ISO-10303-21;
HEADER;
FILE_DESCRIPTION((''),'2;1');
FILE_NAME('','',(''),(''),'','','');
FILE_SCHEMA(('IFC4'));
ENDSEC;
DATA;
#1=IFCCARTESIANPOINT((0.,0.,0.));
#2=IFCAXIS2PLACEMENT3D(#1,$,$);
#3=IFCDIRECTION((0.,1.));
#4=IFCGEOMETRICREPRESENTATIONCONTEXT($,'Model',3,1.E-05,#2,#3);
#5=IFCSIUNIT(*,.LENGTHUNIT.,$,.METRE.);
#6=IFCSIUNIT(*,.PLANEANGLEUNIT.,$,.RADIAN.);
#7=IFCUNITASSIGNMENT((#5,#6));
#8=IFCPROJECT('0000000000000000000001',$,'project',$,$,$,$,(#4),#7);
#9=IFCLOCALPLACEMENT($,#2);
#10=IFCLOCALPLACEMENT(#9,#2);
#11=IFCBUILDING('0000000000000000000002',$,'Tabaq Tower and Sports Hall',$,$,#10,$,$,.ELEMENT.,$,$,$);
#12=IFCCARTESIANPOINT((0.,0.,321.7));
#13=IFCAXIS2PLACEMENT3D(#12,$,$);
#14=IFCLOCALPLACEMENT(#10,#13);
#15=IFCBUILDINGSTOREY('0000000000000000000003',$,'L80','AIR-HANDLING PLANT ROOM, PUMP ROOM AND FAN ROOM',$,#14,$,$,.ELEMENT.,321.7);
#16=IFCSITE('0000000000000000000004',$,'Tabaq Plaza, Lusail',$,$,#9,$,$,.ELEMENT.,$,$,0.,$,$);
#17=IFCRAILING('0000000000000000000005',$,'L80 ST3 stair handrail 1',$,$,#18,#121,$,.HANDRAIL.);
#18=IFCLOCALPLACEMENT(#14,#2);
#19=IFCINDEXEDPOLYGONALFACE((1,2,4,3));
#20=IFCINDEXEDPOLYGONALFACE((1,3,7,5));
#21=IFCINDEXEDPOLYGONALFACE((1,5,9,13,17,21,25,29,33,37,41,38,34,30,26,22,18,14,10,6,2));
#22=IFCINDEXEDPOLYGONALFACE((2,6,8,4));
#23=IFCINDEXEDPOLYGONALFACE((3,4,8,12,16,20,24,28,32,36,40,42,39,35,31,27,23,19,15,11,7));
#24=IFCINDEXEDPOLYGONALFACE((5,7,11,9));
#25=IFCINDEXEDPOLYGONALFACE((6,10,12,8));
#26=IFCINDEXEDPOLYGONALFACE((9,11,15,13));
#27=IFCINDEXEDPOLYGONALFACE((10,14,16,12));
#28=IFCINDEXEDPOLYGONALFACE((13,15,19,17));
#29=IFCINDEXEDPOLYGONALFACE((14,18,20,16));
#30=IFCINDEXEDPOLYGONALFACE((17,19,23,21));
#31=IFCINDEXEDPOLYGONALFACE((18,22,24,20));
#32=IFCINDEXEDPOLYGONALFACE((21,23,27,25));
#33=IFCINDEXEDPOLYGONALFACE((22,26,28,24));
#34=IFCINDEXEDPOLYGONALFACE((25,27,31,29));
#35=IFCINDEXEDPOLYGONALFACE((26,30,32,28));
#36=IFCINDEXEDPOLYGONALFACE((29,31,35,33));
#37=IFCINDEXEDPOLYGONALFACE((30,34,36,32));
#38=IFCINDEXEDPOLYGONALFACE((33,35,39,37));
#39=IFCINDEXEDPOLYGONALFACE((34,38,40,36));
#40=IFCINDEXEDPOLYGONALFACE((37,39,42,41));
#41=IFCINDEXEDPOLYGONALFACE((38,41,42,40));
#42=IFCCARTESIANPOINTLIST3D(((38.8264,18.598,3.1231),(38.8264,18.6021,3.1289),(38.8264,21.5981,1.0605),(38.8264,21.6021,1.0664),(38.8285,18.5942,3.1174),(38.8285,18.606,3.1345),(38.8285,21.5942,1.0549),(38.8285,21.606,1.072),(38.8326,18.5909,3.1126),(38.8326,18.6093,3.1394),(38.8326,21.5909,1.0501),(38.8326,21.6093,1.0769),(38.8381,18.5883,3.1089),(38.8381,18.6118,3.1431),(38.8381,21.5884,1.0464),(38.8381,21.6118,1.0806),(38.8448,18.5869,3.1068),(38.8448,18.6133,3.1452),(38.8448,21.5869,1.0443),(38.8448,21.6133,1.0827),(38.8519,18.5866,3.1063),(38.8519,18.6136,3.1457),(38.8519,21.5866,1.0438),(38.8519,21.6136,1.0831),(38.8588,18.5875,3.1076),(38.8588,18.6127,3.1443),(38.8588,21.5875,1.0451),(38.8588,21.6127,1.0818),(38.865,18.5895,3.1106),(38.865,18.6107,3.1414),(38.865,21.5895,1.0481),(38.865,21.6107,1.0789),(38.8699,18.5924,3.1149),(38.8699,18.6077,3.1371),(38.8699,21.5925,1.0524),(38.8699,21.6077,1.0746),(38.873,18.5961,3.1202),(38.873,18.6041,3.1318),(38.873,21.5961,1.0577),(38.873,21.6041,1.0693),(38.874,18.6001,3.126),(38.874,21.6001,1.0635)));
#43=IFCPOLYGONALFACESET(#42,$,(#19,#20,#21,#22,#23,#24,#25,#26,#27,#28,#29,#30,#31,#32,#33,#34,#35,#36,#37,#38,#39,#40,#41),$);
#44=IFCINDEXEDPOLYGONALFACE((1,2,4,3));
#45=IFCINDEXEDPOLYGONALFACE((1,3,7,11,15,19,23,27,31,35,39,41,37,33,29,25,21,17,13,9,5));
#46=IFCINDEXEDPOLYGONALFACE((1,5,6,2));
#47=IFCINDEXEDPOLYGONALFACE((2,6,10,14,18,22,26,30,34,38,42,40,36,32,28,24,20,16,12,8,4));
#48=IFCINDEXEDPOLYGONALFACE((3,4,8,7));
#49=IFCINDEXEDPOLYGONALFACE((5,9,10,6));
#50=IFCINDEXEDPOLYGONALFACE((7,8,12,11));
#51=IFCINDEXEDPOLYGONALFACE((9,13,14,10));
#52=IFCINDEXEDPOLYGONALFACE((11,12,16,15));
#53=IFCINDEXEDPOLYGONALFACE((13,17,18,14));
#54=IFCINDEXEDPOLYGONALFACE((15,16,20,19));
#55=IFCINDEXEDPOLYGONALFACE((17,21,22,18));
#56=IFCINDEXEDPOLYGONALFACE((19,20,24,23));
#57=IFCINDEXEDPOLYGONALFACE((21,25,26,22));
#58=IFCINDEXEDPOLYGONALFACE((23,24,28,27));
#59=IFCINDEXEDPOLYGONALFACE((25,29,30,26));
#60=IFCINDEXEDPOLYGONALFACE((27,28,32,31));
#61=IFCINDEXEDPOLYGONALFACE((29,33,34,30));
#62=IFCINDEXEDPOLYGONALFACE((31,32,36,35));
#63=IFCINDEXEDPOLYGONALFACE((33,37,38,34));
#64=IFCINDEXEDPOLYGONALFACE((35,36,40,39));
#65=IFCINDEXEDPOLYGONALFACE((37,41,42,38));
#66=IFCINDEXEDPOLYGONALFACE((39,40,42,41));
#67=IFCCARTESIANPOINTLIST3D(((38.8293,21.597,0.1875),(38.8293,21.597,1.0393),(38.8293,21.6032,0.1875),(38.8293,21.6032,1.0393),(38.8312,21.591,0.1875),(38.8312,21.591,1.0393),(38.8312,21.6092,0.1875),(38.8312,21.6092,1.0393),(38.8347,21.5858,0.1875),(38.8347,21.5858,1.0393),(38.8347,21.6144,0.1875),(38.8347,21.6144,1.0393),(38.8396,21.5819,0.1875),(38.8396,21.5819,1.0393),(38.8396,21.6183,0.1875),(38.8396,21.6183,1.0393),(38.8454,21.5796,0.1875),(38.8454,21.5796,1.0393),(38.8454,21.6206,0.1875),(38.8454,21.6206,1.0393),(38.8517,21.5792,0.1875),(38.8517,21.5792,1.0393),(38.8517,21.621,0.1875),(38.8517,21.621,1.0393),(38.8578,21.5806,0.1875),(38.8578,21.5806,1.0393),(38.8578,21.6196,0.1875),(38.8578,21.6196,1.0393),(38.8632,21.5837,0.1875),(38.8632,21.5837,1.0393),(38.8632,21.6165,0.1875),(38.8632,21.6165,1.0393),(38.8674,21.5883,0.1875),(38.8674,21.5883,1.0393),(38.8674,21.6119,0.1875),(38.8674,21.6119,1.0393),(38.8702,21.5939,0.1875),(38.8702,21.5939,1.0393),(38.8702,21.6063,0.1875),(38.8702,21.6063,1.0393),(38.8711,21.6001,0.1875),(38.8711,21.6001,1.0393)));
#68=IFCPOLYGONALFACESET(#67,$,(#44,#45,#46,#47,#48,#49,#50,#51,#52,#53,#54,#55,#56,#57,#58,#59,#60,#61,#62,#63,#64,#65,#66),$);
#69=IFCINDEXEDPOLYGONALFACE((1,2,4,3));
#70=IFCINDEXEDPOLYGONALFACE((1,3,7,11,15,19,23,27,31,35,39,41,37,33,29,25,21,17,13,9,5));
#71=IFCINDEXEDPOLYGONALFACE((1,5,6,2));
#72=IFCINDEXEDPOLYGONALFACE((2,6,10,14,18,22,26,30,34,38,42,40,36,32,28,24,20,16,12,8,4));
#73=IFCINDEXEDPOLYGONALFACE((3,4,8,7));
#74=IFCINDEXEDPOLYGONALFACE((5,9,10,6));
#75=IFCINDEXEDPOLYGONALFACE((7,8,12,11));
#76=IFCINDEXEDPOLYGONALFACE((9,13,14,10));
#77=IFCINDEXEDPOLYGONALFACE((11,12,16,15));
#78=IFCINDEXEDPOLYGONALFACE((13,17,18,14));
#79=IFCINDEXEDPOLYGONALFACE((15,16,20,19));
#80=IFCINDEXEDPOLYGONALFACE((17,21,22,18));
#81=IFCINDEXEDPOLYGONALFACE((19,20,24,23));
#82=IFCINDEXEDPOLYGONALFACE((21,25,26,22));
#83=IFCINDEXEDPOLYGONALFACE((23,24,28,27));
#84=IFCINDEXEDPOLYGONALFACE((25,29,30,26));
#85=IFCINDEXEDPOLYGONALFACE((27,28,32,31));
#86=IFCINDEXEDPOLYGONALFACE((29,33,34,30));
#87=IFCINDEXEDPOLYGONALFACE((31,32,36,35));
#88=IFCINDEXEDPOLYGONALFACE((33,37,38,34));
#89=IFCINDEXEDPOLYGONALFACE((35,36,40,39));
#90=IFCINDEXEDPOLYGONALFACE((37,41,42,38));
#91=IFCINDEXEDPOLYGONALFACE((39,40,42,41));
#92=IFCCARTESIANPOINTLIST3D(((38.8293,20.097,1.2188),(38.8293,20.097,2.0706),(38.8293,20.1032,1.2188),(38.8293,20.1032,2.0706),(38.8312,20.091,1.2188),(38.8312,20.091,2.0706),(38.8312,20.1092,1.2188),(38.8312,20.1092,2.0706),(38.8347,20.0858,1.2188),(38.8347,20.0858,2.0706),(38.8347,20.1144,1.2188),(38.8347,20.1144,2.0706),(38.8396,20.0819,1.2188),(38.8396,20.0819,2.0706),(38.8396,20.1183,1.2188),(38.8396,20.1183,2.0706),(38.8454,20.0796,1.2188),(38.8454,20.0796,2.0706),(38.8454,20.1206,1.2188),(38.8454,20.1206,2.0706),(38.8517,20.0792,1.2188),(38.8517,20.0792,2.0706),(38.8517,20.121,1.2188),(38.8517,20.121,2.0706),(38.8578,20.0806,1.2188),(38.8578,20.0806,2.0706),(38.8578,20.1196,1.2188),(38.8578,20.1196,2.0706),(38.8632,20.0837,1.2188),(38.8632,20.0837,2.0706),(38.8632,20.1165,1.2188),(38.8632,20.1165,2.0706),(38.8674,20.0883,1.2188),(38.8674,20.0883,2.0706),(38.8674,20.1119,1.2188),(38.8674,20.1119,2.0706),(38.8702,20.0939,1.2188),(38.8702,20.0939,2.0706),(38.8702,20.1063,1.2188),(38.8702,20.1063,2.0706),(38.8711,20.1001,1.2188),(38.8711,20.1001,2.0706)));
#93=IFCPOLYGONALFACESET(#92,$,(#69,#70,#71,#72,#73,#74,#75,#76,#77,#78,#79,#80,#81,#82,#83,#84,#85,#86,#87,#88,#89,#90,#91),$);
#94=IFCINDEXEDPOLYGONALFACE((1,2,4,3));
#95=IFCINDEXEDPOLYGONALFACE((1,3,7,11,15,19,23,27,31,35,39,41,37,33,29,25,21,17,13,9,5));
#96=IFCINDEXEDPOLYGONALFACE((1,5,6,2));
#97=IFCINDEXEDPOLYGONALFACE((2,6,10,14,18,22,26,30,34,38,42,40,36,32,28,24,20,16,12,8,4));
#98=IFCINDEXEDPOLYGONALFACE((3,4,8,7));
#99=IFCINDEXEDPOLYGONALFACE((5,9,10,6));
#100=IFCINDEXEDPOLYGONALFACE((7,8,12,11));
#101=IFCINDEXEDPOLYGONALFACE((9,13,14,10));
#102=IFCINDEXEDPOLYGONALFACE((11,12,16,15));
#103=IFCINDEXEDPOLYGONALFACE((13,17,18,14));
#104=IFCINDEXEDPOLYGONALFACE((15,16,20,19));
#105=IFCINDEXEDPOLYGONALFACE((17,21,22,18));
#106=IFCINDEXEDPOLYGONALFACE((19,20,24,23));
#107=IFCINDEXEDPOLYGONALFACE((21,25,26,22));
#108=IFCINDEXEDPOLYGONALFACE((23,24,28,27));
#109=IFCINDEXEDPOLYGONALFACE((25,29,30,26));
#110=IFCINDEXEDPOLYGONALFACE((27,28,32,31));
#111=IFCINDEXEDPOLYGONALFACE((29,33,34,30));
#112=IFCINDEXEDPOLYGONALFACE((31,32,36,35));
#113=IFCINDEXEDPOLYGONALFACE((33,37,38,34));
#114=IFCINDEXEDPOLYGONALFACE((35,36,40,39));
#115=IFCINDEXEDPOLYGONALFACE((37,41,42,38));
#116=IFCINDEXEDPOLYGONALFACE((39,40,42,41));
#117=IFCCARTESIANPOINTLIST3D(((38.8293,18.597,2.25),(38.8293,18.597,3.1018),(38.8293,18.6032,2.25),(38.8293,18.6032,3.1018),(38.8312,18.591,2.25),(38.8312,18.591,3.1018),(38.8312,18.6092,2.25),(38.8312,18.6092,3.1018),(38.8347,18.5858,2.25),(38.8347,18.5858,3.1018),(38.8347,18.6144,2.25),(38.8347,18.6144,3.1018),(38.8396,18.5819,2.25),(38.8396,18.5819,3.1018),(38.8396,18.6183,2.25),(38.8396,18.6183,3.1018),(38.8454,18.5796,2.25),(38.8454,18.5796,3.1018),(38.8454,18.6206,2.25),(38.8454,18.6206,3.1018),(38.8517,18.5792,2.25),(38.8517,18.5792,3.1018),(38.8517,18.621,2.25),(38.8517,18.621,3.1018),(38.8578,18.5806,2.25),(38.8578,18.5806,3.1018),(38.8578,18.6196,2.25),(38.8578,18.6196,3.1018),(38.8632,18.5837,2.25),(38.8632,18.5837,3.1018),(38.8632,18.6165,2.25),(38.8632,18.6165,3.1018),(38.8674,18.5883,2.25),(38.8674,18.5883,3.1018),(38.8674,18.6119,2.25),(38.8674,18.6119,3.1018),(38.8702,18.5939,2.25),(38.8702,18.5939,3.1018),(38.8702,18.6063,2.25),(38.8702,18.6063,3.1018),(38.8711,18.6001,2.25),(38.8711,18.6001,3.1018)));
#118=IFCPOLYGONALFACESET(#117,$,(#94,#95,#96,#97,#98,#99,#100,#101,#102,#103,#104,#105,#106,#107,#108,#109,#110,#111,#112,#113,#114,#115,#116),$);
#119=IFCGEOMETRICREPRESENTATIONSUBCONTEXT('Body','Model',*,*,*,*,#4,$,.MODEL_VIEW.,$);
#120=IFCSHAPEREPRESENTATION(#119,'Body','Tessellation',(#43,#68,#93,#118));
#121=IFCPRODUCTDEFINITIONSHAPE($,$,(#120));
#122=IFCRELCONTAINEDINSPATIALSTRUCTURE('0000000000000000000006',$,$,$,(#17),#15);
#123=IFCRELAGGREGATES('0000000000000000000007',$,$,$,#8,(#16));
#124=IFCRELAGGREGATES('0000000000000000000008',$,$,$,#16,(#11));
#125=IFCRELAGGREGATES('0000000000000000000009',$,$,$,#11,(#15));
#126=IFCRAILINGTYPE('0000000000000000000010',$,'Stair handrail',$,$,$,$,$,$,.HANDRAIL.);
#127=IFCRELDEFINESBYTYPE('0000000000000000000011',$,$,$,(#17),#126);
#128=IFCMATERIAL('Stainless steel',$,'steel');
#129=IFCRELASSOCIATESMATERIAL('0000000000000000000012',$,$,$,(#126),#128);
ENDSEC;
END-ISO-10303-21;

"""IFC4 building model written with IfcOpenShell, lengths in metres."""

from ifc_helpers import new_model, si_unit, direction, frame, origin, origin_2d, place, context, subcontext, project, spatial, circle, extrude, material, type_object, element, save


model = new_model("IFC4")

# Units and contexts
model_context = context("Model", 3, precision=1e-05, world=origin(), true_north=direction((0.0, 1.0)))
body_context = subcontext(model_context, "Body", "Model", "MODEL_VIEW")
ifc_project = project(units=[si_unit("LENGTHUNIT", "METRE"), si_unit("PLANEANGLEUNIT", "RADIAN")], contexts=[model_context])

# Site, building, storey
site_placement = place(None, origin())
site = spatial("IfcSite", under=ifc_project, at=site_placement, Name="Tabaq Plaza, Lusail", CompositionType="ELEMENT", RefElevation=0.0)
building_placement = place(site_placement, origin())
building = spatial("IfcBuilding", under=site, at=building_placement, Name="Tabaq Tower and Sports Hall", CompositionType="ELEMENT")
storey_placement = place(building_placement, frame((0.0, 0.0, 321.7)))
storey = spatial("IfcBuildingStorey", under=building, at=storey_placement, Name="L80", Description="AIR-HANDLING PLANT ROOM, PUMP ROOM AND FAN ROOM", CompositionType="ELEMENT", Elevation=321.7)

# Railing
ifc_material_1 = material(Name="Stainless steel", Category="steel")
railing_type_1 = type_object("IfcRailingType", Name="Stair handrail", PredefinedType="HANDRAIL", material=ifc_material_1)
railing_1_placement = place(storey_placement, frame((38.8501, 21.6001, 0.1875)))
element("IfcRailing", 1, at=railing_1_placement, inside=storey, type_object=railing_type_1, Name="L80 ST3 stair handrail 1", PredefinedType="HANDRAIL", context=body_context, shape_type="SweptSolid", body=[
    extrude(circle(Radius=0.0239, at=origin_2d()), frame((0.0, 0.0, 0.876), z_axis=(0.0, -0.824042, 0.566529), x_axis=(1.0, 0.0, 0.0)), (0.0, 0.0, 1.0), 3.6406),
    extrude(circle(Radius=0.021, at=origin_2d()), origin(), (0.0, 0.0, 1.0), 0.8518),
    extrude(circle(Radius=0.021, at=origin_2d()), frame((0.0, -1.5, 1.0312)), (0.0, 0.0, 1.0), 0.8518),
    extrude(circle(Radius=0.021, at=origin_2d()), frame((0.0, -3.0, 2.0625)), (0.0, 0.0, 1.0), 0.8518),
])

save(model, "model.ifc")
